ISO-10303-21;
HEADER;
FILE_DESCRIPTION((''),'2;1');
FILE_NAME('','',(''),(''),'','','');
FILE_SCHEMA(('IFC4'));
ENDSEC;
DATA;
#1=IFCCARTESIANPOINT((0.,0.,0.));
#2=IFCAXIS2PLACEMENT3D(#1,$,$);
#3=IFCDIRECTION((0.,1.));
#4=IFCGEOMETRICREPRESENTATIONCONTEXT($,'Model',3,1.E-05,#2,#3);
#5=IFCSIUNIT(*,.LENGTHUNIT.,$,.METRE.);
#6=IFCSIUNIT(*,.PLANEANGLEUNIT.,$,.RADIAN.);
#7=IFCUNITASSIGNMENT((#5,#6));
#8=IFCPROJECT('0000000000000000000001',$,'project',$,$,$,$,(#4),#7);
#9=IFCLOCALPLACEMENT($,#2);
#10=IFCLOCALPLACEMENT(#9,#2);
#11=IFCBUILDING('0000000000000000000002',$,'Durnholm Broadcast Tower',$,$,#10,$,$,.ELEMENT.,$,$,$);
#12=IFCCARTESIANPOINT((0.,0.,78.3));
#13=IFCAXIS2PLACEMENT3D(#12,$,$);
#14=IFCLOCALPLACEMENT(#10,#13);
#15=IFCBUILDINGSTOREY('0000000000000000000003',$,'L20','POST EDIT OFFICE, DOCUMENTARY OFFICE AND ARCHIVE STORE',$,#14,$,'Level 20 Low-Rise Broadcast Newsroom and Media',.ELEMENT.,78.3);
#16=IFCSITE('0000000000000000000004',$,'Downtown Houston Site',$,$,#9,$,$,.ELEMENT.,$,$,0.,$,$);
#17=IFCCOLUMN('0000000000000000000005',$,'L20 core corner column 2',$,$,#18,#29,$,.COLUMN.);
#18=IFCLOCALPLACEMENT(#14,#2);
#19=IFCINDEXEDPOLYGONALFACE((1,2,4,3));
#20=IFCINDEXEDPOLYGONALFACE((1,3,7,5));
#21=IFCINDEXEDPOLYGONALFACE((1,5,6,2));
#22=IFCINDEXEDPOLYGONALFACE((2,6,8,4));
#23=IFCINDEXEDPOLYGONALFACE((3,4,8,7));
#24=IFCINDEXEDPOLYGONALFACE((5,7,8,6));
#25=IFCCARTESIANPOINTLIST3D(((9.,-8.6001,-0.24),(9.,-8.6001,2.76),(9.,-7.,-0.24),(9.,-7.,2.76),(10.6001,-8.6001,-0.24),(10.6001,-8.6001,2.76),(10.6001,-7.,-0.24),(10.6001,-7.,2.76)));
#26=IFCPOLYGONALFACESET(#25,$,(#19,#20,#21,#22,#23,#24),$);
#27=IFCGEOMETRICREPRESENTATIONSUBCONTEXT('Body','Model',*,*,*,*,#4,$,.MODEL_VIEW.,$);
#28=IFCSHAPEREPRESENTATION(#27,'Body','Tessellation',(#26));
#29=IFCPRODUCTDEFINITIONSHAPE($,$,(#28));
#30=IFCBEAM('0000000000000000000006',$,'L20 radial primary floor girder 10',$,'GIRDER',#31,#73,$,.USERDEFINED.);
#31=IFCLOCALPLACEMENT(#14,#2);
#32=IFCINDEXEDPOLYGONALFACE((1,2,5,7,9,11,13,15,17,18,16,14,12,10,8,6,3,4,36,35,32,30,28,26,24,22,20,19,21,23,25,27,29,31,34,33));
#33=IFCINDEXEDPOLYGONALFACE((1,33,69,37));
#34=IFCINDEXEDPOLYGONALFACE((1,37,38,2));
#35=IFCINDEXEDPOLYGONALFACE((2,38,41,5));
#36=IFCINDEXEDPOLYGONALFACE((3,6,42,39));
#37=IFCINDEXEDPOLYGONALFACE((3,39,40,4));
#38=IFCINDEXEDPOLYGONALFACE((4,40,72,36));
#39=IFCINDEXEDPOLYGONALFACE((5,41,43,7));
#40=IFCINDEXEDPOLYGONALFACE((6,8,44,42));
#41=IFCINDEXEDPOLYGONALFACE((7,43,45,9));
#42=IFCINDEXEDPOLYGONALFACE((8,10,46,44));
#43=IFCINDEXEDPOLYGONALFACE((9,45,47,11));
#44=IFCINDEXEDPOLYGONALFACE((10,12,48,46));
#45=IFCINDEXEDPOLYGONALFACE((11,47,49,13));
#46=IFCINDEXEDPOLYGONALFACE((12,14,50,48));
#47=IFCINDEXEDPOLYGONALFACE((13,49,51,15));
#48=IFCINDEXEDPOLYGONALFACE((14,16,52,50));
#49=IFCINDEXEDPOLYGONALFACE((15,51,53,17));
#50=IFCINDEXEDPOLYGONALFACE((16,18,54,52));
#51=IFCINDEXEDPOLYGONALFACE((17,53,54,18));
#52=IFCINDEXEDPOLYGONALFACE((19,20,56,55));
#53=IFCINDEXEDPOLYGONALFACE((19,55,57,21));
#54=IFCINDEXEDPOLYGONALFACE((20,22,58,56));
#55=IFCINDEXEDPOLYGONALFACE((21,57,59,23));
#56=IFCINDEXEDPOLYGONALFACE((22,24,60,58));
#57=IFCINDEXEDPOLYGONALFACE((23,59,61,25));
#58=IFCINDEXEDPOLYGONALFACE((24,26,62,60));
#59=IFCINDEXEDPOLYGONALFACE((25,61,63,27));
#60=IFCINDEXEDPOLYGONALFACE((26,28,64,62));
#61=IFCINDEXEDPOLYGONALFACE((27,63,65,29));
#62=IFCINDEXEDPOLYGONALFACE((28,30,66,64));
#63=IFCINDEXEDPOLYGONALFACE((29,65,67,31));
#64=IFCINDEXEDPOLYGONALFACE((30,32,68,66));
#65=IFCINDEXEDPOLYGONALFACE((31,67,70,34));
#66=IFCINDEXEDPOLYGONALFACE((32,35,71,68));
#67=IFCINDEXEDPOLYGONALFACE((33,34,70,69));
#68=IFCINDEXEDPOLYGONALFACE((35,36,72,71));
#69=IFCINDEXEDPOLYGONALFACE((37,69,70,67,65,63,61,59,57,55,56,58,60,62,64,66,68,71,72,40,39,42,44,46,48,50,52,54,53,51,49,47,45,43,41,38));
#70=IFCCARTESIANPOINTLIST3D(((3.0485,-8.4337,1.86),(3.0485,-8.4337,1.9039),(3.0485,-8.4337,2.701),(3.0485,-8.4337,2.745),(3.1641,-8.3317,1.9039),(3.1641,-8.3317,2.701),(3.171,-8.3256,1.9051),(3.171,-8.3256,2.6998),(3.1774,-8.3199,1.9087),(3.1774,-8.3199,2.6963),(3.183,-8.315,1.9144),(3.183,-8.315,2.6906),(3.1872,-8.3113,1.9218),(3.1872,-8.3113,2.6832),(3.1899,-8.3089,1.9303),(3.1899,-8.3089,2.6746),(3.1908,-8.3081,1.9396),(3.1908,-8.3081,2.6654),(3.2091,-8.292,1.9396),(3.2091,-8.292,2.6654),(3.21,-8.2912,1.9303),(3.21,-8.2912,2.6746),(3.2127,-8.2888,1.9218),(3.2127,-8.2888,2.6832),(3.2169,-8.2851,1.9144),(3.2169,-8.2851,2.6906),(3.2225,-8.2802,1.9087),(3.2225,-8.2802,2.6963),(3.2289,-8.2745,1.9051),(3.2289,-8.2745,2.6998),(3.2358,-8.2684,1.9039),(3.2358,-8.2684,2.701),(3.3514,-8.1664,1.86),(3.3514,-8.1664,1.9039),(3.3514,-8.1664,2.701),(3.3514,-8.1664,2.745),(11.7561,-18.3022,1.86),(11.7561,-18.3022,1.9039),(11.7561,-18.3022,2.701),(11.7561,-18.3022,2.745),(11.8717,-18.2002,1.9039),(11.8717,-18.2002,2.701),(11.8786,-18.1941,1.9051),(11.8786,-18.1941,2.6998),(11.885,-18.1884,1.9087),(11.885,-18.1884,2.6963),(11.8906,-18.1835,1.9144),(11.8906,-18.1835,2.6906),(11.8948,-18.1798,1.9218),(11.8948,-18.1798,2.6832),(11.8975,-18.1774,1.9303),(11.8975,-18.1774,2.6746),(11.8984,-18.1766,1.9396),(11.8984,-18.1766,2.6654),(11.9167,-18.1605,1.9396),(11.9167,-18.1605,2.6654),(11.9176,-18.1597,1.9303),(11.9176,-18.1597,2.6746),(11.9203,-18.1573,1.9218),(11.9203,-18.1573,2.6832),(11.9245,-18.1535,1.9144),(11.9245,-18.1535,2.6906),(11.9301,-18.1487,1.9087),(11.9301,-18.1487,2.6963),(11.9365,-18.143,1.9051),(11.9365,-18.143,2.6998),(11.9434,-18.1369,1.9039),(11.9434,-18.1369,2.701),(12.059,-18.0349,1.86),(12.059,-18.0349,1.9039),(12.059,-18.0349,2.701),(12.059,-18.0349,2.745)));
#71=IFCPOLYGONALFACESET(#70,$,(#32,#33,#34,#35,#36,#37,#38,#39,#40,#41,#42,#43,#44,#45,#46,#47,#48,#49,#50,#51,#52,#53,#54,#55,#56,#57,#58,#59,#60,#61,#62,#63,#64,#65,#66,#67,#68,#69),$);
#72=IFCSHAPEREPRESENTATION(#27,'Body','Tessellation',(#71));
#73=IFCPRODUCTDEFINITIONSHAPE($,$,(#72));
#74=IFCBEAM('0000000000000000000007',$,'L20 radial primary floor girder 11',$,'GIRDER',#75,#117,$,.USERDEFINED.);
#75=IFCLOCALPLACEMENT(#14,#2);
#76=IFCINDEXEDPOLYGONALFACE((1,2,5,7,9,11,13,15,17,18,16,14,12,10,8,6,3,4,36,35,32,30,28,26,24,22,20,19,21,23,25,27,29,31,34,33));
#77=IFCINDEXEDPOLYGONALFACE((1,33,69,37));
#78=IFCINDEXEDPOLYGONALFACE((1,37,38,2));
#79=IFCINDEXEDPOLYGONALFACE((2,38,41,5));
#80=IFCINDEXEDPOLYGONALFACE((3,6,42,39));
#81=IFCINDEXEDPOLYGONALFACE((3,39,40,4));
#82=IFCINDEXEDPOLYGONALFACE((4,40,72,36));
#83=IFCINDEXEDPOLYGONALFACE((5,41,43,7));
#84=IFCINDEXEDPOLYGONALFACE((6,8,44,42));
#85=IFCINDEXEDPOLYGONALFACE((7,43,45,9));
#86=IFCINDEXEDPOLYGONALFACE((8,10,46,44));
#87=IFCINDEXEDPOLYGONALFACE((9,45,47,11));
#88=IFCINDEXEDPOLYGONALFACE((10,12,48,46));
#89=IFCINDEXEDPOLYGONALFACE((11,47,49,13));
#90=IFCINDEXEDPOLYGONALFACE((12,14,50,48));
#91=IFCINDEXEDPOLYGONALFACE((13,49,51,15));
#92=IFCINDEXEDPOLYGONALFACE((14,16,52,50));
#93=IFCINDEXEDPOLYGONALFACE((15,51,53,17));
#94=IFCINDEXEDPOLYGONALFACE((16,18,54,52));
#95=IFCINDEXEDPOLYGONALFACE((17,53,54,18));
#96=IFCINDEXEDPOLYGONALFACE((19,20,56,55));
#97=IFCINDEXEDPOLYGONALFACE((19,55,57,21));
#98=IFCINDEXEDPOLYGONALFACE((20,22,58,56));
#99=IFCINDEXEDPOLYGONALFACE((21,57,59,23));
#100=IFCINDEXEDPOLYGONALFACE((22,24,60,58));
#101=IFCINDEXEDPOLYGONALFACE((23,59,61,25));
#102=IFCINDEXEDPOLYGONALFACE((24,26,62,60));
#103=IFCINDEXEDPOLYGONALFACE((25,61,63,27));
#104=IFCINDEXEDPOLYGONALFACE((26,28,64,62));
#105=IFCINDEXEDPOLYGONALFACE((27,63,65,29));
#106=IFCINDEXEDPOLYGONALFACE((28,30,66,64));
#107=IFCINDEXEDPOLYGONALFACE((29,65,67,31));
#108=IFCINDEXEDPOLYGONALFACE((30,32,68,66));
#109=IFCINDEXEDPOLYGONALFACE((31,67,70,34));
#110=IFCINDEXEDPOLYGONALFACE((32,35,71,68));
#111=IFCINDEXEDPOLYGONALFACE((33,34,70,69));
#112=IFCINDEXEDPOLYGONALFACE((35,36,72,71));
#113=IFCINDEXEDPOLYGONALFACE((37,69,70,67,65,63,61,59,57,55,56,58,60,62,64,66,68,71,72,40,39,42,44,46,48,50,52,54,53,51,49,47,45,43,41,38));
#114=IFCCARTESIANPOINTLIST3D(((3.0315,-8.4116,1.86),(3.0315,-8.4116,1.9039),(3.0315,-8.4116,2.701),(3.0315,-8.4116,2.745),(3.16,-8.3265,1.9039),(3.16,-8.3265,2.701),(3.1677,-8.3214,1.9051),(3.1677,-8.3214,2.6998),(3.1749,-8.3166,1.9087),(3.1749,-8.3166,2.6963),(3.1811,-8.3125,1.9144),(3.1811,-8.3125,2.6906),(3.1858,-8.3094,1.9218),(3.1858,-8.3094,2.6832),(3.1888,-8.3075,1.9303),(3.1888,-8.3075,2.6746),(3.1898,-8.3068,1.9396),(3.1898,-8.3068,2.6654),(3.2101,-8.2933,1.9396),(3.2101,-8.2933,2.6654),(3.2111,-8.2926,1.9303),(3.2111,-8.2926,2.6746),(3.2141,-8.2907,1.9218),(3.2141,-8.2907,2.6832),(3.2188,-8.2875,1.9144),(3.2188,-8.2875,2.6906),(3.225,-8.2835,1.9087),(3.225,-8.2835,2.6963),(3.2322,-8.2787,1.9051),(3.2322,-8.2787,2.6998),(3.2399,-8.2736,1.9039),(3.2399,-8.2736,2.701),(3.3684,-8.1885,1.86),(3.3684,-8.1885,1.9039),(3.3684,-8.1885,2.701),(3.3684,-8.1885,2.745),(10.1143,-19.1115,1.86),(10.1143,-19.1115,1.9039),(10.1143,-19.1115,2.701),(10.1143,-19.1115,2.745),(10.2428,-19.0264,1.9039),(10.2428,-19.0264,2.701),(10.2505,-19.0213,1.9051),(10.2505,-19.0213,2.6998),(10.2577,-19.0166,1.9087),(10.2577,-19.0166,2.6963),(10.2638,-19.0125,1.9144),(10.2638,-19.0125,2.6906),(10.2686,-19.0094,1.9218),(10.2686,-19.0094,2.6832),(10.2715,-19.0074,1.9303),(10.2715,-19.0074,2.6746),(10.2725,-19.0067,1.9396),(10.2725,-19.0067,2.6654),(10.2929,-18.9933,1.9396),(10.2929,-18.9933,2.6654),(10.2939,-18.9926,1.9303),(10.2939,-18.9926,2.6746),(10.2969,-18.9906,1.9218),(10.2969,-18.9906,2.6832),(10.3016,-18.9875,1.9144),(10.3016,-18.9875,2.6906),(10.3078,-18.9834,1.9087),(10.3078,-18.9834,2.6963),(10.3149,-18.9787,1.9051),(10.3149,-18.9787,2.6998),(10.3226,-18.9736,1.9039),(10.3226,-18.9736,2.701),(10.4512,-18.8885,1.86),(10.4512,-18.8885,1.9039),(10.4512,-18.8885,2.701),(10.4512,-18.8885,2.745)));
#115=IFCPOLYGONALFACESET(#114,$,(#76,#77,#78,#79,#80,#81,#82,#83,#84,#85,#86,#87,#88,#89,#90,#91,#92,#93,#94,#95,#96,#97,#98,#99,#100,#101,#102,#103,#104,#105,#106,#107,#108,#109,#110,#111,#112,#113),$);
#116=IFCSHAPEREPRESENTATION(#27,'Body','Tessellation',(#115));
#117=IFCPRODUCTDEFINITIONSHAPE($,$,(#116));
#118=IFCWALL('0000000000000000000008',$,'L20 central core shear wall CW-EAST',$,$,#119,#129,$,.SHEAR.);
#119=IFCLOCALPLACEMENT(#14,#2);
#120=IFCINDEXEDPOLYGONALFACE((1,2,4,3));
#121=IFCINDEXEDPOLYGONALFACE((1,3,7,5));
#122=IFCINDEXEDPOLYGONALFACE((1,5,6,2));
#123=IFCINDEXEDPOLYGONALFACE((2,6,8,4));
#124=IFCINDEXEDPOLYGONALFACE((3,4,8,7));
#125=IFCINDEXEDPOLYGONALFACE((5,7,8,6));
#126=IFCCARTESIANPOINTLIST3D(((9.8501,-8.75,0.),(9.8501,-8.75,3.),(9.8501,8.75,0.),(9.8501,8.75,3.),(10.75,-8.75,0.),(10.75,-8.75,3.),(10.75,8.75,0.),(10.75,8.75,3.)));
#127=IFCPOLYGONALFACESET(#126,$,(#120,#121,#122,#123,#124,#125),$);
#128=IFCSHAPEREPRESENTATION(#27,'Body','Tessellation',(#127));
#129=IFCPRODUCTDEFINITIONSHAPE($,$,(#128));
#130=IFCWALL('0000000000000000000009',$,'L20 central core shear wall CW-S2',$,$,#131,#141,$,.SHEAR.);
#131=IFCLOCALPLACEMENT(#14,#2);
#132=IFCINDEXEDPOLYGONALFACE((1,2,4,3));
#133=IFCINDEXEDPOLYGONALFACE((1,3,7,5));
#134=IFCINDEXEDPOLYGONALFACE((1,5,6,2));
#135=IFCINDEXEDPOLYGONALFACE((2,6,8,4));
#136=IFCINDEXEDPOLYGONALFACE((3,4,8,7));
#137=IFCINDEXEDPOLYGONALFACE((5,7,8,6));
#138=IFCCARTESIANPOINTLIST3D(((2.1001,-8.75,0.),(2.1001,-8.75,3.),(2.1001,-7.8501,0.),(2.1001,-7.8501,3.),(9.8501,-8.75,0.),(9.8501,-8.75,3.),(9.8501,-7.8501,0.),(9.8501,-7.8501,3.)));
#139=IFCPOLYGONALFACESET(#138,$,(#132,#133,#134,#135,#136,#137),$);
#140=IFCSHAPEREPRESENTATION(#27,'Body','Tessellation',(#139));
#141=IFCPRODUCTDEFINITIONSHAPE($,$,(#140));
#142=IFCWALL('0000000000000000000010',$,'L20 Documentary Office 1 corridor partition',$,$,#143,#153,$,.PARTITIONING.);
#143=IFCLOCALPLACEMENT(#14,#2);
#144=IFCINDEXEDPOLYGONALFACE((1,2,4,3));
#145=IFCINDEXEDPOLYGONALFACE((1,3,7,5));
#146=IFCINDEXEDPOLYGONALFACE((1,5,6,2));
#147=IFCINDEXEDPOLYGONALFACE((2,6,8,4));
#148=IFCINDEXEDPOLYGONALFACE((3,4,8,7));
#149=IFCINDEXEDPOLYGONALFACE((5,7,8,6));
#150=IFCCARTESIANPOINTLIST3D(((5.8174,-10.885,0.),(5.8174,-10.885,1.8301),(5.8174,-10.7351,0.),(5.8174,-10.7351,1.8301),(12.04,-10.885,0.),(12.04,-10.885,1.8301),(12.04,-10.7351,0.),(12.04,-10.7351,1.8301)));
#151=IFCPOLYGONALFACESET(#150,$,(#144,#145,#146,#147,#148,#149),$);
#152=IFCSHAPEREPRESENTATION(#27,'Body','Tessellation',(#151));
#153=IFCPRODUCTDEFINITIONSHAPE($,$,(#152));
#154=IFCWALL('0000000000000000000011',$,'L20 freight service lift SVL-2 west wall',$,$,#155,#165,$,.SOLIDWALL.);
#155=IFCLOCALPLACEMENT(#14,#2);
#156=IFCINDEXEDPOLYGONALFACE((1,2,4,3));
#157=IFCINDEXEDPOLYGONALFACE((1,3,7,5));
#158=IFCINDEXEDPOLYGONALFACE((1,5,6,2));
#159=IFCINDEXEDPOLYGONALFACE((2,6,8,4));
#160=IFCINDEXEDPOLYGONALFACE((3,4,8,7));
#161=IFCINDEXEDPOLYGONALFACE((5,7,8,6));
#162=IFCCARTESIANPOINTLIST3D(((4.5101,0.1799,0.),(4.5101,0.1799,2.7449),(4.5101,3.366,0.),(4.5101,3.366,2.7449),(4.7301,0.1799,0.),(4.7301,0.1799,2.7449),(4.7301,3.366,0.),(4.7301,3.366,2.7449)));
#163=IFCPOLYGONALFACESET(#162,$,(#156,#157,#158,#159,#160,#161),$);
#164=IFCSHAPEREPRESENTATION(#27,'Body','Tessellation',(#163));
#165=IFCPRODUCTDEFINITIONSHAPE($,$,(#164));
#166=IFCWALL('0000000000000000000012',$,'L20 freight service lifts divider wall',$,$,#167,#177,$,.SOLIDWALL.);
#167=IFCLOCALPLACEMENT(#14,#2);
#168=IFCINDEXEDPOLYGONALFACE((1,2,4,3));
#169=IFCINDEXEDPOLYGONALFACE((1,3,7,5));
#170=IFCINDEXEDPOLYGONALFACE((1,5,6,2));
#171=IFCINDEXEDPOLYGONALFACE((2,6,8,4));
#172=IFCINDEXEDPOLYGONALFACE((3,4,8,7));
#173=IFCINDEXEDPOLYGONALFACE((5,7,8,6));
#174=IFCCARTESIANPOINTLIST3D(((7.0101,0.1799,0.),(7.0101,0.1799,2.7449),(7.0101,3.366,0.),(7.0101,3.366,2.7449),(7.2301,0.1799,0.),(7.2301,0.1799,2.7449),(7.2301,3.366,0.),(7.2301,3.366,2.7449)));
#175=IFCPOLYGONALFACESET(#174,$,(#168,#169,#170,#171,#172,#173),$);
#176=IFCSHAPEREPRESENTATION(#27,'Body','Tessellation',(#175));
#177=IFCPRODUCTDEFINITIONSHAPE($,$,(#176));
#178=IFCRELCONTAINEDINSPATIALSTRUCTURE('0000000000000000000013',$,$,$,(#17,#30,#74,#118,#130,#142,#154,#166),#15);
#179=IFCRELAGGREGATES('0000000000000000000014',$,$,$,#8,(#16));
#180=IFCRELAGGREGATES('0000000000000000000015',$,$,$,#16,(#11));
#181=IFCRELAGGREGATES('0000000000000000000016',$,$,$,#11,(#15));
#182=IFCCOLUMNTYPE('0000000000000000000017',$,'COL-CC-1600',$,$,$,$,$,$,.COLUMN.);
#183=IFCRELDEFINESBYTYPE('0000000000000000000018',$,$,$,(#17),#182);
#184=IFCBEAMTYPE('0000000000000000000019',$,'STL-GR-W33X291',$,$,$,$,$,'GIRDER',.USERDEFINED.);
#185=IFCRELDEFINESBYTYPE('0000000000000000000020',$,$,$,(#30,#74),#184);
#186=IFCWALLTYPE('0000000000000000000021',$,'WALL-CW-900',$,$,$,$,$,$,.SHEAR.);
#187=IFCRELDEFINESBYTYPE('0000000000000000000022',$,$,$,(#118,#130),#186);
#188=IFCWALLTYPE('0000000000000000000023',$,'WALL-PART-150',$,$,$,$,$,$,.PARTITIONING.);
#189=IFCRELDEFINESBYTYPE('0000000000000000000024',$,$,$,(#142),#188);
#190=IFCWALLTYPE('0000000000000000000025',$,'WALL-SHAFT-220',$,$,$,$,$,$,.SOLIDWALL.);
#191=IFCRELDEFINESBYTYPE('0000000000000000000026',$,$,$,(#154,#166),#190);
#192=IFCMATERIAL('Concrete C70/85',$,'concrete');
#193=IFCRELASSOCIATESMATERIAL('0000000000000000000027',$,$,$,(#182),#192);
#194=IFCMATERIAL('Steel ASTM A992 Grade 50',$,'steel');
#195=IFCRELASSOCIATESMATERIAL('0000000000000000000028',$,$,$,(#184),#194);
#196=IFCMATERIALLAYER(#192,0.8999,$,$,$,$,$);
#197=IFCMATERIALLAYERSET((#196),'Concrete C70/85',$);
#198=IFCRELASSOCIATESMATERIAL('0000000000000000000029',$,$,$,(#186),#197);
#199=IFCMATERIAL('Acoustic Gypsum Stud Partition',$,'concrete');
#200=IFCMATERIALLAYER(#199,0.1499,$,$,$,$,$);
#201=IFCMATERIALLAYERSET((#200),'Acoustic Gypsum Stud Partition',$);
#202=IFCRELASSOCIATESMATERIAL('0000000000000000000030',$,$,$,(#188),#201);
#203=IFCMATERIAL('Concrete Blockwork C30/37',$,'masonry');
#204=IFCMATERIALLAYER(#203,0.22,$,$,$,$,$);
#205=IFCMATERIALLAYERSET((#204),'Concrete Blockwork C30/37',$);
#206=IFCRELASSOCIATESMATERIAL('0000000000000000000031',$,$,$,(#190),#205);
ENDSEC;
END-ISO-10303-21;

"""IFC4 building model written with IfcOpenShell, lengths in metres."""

from ifc_helpers import new_model, si_unit, direction, frame, frame_2d, origin, origin_2d, place, context, subcontext, project, spatial, rectangle, i_section, extrude, source, transform, mapped, material, layer, layer_set, material_profile, profile_set, type_object, type_shapes, element, save


model = new_model("IFC4")

# Units and contexts
model_context = context("Model", 3, precision=1e-05, world=origin(), true_north=direction((0.0, 1.0)))
body_context = subcontext(model_context, "Body", "Model", "MODEL_VIEW")
ifc_project = project(units=[si_unit("LENGTHUNIT", "METRE"), si_unit("PLANEANGLEUNIT", "RADIAN")], contexts=[model_context])

# Site, building, storey
site_placement = place(None, origin())
site = spatial("IfcSite", under=ifc_project, at=site_placement, Name="Downtown Houston Site", CompositionType="ELEMENT", RefElevation=0.0)
building_placement = place(site_placement, origin())
building = spatial("IfcBuilding", under=site, at=building_placement, Name="Durnholm Broadcast Tower", CompositionType="ELEMENT")
storey_placement = place(building_placement, frame((0.0, 0.0, 78.3)))
storey = spatial("IfcBuildingStorey", under=building, at=storey_placement, Name="L20", Description="POST EDIT OFFICE, DOCUMENTARY OFFICE AND ARCHIVE STORE", LongName="Level 20 Low-Rise Broadcast Newsroom and Media", CompositionType="ELEMENT", Elevation=78.3)

# Column
ifc_material_1 = material(Name="Concrete C70/85", Category="concrete")
ifc_material_profile_1 = material_profile(ifc_material_1, rectangle(XDim=1.6001, YDim=1.6001, at=origin_2d()), Name="RC1600X1600")
ifc_profile_set_1 = profile_set([ifc_material_profile_1], Name="Concrete C70/85")
column_type = type_object("IfcColumnType", Name="COL-CC-1600", PredefinedType="COLUMN", material=ifc_profile_set_1)
shared_shape_1 = source(origin(), body_context, "Body", "SweptSolid", [
    extrude(rectangle(XDim=1.6001, YDim=1.6001, at=origin_2d()), origin(), (0.0, 0.0, 1.0), 3.0),
])
type_shapes(column_type, [shared_shape_1])
column_placement = place(storey_placement, frame((9.8, -7.8, -0.24), z_axis=(0.0, 0.0, 1.0), x_axis=(1.0, 0.0, 0.0)))
element("IfcColumn", 1, at=column_placement, inside=storey, type_object=column_type, Name="L20 core corner column 2", PredefinedType="COLUMN", context=body_context, shape_type="MappedRepresentation", body=[
    mapped(shared_shape_1, transform((0.0, 0.0, 0.0), x_axis=(1.0, 0.0, 0.0), y_axis=(0.0, 1.0, 0.0), z_axis=(0.0, 0.0, 1.0), scale=1.0)),
])

# Beams
ifc_material_2 = material(Name="Steel ASTM A992 Grade 50", Category="steel")
ifc_material_profile_2 = material_profile(ifc_material_2, i_section(OverallWidth=0.4041, OverallDepth=0.885, WebThickness=0.0244, FlangeThickness=0.0439, FilletRadius=0.0356, at=origin_2d()), Name="W33X291")
ifc_profile_set_2 = profile_set([ifc_material_profile_2], Name="Steel ASTM A992 Grade 50")
beam_type = type_object("IfcBeamType", Name="STL-GR-W33X291", ElementType="GIRDER", PredefinedType="USERDEFINED", material=ifc_profile_set_2)
shared_shape_2 = source(origin(), body_context, "Body", "SweptSolid", [
    extrude(i_section(OverallWidth=0.4041, OverallDepth=0.885, WebThickness=0.0244, FlangeThickness=0.0439, FilletRadius=0.0356, at=origin_2d()), origin(), (0.0, 0.0, 1.0), 13.1609),
])
beam_1_placement = place(storey_placement, frame((3.2, -8.3, 2.3025), z_axis=(0.661626, -0.749834, 0.0), x_axis=(0.749834, 0.661626, 0.0)))
element("IfcBeam", 2, at=beam_1_placement, inside=storey, type_object=beam_type, Name="L20 radial primary floor girder 10", ObjectType="GIRDER", PredefinedType="USERDEFINED", context=body_context, shape_type="MappedRepresentation", body=[
    mapped(shared_shape_2, transform((0.0, 0.0, 0.0), x_axis=(1.0, 0.0, 0.0), y_axis=(0.0, 1.0, 0.0), z_axis=(0.0, 0.0, 1.0), scale=1.0)),
])
shared_shape_3 = source(origin(), body_context, "Body", "SweptSolid", [
    extrude(i_section(OverallWidth=0.4041, OverallDepth=0.885, WebThickness=0.0244, FlangeThickness=0.0439, FilletRadius=0.0356, at=origin_2d()), origin(), (0.0, 0.0, 1.0), 12.8318),
])
type_shapes(beam_type, [shared_shape_2, shared_shape_3])
beam_2_placement = place(storey_placement, frame((3.2, -8.3, 2.3025), z_axis=(0.551971, -0.833864, 0.0), x_axis=(0.833864, 0.551971, 0.0)))
element("IfcBeam", 3, at=beam_2_placement, inside=storey, type_object=beam_type, Name="L20 radial primary floor girder 11", ObjectType="GIRDER", PredefinedType="USERDEFINED", context=body_context, shape_type="MappedRepresentation", body=[
    mapped(shared_shape_3, transform((0.0, 0.0, 0.0), x_axis=(1.0, 0.0, 0.0), y_axis=(0.0, 1.0, 0.0), z_axis=(0.0, 0.0, 1.0), scale=1.0)),
])

# Walls
ifc_layer_1 = layer(ifc_material_1, 0.8999)
ifc_layer_set_1 = layer_set([ifc_layer_1], Name="Concrete C70/85")
wall_type_1 = type_object("IfcWallType", Name="WALL-CW-900", PredefinedType="SHEAR", material=ifc_layer_set_1)
wall_1_placement = place(storey_placement, frame((10.3, -8.75, 0.0), z_axis=(0.0, 0.0, 1.0), x_axis=(0.0, 1.0, 0.0)))
element("IfcWall", 4, at=wall_1_placement, inside=storey, type_object=wall_type_1, Name="L20 central core shear wall CW-EAST", PredefinedType="SHEAR", context=body_context, shape_type="SweptSolid", body=[
    extrude(rectangle(XDim=17.5, YDim=0.8999, at=frame_2d((8.75, 0.0))), origin(), (0.0, 0.0, 1.0), 3.0),
])
wall_2_placement = place(storey_placement, frame((2.1001, -8.3, 0.0), z_axis=(0.0, 0.0, 1.0), x_axis=(1.0, 0.0, 0.0)))
element("IfcWall", 5, at=wall_2_placement, inside=storey, type_object=wall_type_1, Name="L20 central core shear wall CW-S2", PredefinedType="SHEAR", context=body_context, shape_type="SweptSolid", body=[
    extrude(rectangle(XDim=7.75, YDim=0.8999, at=frame_2d((3.875, 0.0))), origin(), (0.0, 0.0, 1.0), 3.0),
])
ifc_material_3 = material(Name="Acoustic Gypsum Stud Partition", Category="concrete")
ifc_layer_2 = layer(ifc_material_3, 0.1499)
ifc_layer_set_2 = layer_set([ifc_layer_2], Name="Acoustic Gypsum Stud Partition")
wall_type_2 = type_object("IfcWallType", Name="WALL-PART-150", PredefinedType="PARTITIONING", material=ifc_layer_set_2)
wall_3_placement = place(storey_placement, frame((5.8174, -10.8101, 0.0), z_axis=(0.0, 0.0, 1.0), x_axis=(1.0, 0.0, 0.0)))
element("IfcWall", 6, at=wall_3_placement, inside=storey, type_object=wall_type_2, Name="L20 Documentary Office 1 corridor partition", PredefinedType="PARTITIONING", context=body_context, shape_type="SweptSolid", body=[
    extrude(rectangle(XDim=6.2227, YDim=0.1499, at=frame_2d((3.1113, 0.0))), origin(), (0.0, 0.0, 1.0), 1.8301),
])
ifc_material_4 = material(Name="Concrete Blockwork C30/37", Category="masonry")
ifc_layer_3 = layer(ifc_material_4, 0.22)
ifc_layer_set_3 = layer_set([ifc_layer_3], Name="Concrete Blockwork C30/37")
wall_type_3 = type_object("IfcWallType", Name="WALL-SHAFT-220", PredefinedType="SOLIDWALL", material=ifc_layer_set_3)
for number, where, z_axis, x_axis, name in (
    (7, (4.6201, 0.1799, 0.0), (0.0, 0.0, 1.0), (0.0, 1.0, 0.0), "L20 freight service lift SVL-2 west wall"),
    (8, (7.1201, 0.1799, 0.0), (0.0, 0.0, 1.0), (0.0, 1.0, 0.0), "L20 freight service lifts divider wall"),
):
    element("IfcWall", number, at=place(storey_placement, frame(where, z_axis=z_axis, x_axis=x_axis)), inside=storey, type_object=wall_type_3, Name=name, PredefinedType="SOLIDWALL", context=body_context, shape_type="SweptSolid", body=[
        extrude(rectangle(XDim=3.186, YDim=0.22, at=frame_2d((1.593, 0.0))), origin(), (0.0, 0.0, 1.0), 2.7449),
    ])

save(model, "model.ifc")
